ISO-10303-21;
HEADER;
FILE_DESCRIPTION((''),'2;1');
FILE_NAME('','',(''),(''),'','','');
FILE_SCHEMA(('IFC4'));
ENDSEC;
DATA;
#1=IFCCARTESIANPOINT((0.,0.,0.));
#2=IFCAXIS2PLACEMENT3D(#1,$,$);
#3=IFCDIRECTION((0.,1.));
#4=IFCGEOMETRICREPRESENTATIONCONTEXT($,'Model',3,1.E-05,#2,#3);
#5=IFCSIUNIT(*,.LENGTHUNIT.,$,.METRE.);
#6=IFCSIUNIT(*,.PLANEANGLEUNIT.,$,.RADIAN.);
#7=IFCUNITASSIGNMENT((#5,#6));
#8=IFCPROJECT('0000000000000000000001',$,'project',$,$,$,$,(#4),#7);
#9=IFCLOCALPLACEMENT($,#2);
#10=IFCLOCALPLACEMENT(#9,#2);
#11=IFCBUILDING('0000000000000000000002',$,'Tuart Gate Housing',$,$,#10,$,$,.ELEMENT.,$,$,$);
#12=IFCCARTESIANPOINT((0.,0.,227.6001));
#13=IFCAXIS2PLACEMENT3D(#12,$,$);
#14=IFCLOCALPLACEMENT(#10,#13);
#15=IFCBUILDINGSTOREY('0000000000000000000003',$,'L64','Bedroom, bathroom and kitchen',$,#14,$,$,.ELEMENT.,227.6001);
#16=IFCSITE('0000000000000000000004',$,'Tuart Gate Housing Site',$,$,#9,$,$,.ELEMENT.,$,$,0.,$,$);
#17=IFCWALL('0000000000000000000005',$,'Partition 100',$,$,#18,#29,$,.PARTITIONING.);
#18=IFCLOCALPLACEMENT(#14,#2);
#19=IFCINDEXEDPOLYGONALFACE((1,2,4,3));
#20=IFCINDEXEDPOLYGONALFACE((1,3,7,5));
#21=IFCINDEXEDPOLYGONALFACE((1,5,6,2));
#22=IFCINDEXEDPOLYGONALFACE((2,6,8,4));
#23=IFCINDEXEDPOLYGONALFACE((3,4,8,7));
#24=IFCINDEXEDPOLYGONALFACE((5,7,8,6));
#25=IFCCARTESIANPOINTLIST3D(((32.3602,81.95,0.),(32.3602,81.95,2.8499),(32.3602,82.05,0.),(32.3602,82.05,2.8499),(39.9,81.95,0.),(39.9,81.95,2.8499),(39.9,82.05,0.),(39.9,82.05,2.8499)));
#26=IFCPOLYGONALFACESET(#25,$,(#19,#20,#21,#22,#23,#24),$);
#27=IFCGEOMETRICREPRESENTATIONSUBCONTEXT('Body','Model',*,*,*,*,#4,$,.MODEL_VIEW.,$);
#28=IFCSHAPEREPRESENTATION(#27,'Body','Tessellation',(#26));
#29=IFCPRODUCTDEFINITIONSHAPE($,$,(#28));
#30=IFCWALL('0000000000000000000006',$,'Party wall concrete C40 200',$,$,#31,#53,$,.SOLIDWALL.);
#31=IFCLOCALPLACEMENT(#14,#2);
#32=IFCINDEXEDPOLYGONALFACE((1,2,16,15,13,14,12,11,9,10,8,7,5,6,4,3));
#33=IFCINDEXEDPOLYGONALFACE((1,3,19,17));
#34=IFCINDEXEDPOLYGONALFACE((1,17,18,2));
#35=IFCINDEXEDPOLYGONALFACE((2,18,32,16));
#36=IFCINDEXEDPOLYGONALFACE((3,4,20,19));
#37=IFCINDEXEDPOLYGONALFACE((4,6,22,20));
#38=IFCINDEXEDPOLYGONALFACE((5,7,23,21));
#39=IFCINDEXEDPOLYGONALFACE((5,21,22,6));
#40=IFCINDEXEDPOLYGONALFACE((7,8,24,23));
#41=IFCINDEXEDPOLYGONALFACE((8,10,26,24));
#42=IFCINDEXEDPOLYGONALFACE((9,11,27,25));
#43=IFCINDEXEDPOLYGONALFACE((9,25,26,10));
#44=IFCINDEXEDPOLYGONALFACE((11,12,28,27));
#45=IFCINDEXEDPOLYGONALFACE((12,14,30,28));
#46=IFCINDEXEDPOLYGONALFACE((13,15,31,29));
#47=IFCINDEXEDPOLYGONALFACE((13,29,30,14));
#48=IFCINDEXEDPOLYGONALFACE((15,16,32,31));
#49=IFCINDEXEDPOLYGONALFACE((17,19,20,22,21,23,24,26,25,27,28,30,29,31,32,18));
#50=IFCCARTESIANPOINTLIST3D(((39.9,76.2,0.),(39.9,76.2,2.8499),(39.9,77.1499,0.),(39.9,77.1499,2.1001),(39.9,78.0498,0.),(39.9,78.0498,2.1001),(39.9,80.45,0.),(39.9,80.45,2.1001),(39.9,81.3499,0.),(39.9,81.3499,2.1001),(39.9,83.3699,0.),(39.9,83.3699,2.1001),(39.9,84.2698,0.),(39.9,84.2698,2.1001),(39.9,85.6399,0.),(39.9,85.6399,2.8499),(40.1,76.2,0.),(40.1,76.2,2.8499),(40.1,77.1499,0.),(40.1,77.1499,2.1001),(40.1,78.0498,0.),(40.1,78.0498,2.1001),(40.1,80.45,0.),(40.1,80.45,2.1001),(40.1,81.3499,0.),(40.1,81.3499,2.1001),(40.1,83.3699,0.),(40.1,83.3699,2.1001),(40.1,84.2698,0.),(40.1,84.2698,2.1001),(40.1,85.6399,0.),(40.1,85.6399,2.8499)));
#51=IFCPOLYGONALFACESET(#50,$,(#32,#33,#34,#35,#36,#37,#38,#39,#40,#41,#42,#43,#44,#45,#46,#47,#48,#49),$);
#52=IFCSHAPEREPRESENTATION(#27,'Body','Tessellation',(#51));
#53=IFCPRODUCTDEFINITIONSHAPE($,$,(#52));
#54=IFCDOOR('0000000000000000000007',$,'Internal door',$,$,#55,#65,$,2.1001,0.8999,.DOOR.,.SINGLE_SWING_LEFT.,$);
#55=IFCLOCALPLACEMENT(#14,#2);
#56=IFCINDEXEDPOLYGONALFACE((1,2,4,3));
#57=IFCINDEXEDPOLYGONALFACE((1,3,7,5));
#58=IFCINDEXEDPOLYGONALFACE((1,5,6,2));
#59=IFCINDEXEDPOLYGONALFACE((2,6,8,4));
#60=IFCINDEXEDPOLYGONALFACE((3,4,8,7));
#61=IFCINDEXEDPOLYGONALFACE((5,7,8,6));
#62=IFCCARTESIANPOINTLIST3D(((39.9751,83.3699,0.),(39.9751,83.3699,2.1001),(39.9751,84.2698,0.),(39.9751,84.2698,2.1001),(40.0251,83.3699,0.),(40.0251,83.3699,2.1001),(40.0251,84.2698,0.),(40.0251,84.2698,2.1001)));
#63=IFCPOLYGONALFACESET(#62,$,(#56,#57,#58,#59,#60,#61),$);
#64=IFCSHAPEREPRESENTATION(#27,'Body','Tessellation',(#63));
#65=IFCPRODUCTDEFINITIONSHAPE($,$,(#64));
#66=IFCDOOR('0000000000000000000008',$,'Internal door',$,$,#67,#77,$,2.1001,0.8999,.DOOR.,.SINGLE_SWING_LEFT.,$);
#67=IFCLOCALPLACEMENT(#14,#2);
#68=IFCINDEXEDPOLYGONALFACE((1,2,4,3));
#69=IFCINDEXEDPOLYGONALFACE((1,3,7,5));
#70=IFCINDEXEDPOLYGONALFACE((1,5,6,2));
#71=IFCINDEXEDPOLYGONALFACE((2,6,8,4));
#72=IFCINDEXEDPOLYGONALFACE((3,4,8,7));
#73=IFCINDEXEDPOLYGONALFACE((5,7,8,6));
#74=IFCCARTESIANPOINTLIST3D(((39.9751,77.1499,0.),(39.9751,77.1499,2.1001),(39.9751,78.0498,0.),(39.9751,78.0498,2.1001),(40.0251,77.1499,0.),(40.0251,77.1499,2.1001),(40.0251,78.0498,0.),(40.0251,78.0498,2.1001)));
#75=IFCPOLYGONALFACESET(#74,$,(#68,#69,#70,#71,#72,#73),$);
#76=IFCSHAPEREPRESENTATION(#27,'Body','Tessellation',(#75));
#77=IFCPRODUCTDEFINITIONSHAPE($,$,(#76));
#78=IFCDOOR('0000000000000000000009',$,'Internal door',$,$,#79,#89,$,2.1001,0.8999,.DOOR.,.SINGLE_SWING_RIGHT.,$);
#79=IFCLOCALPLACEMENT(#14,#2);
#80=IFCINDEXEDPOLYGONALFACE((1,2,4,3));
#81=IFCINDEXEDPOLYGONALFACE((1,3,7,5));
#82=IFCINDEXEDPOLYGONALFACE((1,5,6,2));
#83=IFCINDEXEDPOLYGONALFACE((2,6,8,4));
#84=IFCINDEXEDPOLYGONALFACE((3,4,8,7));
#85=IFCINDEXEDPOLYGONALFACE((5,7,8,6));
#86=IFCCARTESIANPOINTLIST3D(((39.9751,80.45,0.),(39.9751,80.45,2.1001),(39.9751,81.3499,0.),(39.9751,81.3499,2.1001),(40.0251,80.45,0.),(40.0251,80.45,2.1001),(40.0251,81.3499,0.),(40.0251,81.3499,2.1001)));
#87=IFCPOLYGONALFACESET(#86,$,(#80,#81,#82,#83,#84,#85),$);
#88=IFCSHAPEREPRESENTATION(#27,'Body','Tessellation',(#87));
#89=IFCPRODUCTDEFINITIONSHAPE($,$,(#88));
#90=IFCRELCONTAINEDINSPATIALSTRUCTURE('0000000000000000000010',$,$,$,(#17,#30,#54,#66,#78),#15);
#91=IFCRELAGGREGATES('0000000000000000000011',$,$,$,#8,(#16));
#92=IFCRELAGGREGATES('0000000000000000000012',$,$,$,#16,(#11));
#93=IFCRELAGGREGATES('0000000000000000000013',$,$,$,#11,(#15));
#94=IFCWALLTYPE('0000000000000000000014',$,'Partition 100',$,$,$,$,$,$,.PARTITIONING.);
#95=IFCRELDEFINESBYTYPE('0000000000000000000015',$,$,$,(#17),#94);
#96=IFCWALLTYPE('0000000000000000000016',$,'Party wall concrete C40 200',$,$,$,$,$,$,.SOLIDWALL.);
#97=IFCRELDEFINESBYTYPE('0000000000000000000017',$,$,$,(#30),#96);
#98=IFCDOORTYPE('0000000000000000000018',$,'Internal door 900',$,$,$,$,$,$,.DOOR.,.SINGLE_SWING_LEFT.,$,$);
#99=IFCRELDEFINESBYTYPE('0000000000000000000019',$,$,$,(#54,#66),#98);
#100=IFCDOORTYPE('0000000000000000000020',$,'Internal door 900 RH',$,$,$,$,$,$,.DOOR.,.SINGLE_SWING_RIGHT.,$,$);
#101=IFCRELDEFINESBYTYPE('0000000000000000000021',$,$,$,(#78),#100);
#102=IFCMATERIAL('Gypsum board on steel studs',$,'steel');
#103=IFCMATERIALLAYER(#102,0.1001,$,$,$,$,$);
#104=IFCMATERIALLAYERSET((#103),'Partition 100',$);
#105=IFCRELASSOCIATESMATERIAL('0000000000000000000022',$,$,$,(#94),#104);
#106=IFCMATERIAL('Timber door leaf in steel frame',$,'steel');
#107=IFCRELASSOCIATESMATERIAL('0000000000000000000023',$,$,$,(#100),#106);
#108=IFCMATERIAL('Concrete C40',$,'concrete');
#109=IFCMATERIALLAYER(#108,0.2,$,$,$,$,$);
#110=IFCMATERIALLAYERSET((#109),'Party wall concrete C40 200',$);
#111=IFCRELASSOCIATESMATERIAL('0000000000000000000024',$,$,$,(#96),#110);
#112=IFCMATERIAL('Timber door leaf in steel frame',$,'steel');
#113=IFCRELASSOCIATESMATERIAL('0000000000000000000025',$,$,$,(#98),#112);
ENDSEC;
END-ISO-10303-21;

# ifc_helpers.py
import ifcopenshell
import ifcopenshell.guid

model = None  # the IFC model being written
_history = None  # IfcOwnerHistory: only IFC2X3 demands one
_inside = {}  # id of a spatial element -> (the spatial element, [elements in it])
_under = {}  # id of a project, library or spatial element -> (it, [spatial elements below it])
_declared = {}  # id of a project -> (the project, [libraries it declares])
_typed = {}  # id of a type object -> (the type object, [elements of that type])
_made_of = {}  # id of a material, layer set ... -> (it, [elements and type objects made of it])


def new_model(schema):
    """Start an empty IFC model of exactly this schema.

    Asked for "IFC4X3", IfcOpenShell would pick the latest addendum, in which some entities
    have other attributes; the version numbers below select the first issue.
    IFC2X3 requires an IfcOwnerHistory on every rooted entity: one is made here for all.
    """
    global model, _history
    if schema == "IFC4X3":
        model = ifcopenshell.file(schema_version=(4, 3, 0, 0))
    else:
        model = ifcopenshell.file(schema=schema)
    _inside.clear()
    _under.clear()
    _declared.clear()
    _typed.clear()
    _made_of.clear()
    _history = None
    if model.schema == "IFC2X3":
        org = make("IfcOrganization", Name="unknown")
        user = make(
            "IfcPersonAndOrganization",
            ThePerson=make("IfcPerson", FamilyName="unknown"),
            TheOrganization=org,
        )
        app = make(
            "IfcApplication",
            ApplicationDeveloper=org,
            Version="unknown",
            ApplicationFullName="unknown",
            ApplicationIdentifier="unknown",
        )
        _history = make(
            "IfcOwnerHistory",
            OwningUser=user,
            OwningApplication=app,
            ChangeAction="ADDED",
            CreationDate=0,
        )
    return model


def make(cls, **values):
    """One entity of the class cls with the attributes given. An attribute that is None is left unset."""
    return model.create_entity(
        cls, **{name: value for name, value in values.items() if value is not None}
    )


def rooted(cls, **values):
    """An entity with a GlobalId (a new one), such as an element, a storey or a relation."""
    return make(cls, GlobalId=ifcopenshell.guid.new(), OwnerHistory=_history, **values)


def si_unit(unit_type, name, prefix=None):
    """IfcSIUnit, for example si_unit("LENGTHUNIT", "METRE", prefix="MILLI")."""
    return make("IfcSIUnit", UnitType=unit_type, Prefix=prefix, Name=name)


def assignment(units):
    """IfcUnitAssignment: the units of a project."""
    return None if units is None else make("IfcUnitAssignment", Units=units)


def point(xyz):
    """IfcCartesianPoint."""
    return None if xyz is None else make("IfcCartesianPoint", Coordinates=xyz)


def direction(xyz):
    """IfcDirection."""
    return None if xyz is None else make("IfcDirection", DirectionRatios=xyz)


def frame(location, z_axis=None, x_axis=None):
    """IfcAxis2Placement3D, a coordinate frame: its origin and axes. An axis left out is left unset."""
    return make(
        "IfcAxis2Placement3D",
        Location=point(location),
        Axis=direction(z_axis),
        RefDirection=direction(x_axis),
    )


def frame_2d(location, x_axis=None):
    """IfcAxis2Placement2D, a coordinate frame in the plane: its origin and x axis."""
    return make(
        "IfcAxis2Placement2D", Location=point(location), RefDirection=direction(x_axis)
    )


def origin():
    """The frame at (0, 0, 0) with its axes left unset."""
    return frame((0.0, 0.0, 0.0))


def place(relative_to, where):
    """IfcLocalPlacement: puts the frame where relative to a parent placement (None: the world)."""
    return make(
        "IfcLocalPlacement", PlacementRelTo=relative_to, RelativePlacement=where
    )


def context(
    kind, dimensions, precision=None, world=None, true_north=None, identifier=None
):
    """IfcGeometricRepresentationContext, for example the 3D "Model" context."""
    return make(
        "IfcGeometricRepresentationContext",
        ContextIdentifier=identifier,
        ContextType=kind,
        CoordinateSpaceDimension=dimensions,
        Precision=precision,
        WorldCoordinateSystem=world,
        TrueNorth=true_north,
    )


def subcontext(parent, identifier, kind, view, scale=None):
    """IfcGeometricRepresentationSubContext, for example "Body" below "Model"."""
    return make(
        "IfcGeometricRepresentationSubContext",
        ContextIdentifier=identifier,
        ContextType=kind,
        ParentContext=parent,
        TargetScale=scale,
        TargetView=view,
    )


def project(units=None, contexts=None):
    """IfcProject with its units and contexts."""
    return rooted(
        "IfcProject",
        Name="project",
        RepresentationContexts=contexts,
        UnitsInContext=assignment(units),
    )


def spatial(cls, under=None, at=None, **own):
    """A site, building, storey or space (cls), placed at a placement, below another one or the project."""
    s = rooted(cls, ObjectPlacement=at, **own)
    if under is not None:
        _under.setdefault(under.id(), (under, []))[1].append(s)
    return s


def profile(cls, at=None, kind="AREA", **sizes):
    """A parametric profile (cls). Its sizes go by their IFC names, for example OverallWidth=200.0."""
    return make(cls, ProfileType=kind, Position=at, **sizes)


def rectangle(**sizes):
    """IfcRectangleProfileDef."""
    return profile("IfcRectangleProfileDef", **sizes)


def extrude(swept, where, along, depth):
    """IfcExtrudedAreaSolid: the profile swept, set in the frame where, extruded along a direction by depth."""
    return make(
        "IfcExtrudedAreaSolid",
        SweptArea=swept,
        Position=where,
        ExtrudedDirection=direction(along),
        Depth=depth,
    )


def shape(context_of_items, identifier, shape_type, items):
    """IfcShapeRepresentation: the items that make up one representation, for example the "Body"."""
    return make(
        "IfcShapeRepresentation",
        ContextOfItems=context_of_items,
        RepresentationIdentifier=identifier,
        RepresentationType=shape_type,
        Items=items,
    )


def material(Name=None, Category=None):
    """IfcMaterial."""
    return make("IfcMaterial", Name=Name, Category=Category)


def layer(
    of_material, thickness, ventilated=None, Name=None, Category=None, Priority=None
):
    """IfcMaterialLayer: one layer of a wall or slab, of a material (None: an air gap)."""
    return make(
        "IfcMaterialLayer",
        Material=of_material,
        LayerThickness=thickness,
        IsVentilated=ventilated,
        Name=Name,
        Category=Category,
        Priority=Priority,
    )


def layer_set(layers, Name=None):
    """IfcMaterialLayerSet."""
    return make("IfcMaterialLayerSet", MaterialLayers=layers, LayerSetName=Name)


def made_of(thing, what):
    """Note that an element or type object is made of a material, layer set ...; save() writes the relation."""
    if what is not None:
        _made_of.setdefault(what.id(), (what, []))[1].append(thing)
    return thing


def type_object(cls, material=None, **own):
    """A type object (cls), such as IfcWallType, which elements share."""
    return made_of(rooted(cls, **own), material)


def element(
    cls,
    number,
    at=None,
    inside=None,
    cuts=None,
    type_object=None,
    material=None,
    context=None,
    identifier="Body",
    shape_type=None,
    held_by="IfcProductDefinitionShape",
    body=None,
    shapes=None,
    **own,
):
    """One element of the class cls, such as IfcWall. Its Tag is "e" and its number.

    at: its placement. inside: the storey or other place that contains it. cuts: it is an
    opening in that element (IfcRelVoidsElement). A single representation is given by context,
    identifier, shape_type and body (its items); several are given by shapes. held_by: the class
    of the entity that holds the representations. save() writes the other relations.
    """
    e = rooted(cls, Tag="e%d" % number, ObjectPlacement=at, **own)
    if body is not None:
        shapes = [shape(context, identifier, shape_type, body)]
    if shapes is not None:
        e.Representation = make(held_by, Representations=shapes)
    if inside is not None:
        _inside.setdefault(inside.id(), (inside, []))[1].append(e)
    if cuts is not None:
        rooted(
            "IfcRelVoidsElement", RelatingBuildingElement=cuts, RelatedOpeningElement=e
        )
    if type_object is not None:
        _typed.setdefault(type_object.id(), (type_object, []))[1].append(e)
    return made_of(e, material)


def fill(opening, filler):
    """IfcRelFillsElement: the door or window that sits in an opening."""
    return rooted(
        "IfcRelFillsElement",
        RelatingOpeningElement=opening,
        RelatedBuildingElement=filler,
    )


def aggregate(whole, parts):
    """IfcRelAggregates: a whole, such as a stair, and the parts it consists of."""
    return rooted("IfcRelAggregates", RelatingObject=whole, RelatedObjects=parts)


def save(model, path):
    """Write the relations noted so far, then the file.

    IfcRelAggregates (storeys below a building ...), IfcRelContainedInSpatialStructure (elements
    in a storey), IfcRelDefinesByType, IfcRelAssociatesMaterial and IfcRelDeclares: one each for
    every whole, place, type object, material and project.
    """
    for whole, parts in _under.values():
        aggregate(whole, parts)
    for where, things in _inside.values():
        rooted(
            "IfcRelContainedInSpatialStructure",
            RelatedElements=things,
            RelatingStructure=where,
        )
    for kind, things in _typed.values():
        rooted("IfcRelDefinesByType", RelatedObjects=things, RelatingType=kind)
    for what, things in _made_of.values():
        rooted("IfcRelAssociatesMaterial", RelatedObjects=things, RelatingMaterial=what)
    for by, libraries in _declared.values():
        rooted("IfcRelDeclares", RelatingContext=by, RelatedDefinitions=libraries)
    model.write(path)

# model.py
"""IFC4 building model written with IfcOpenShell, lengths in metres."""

from ifc_helpers import new_model, si_unit, direction, frame, frame_2d, origin, place, context, subcontext, project, spatial, rectangle, extrude, material, layer, layer_set, type_object, element, fill, save


model = new_model("IFC4")

# Units and contexts
model_context = context("Model", 3, precision=1e-05, world=origin(), true_north=direction((0.0, 1.0)))
body_context = subcontext(model_context, "Body", "Model", "MODEL_VIEW")
ifc_project = project(units=[si_unit("LENGTHUNIT", "METRE"), si_unit("PLANEANGLEUNIT", "RADIAN")], contexts=[model_context])

# Site, building, storey
site_placement = place(None, origin())
site = spatial("IfcSite", under=ifc_project, at=site_placement, Name="Tuart Gate Housing Site", CompositionType="ELEMENT", RefElevation=0.0)
building_placement = place(site_placement, origin())
building = spatial("IfcBuilding", under=site, at=building_placement, Name="Tuart Gate Housing", CompositionType="ELEMENT")
storey_placement = place(building_placement, frame((0.0, 0.0, 227.6001)))
storey = spatial("IfcBuildingStorey", under=building, at=storey_placement, Name="L64", Description="Bedroom, bathroom and kitchen", CompositionType="ELEMENT", Elevation=227.6001)

# Shared definitions
ifc_material_1 = material(Name="Gypsum board on steel studs", Category="steel")
ifc_layer_1 = layer(ifc_material_1, 0.1001)
ifc_layer_set_1 = layer_set([ifc_layer_1], Name="Partition 100")
wall_type_1 = type_object("IfcWallType", Name="Partition 100", PredefinedType="PARTITIONING", material=ifc_layer_set_1)

# Shared definitions
ifc_material_2 = material(Name="Timber door leaf in steel frame", Category="steel")
door_type_1 = type_object("IfcDoorType", Name="Internal door 900 RH", OperationType="SINGLE_SWING_RIGHT", PredefinedType="DOOR", material=ifc_material_2)

# Wall
wall_1_placement = place(storey_placement, frame((32.3601, 82.0, 0.0), z_axis=(0.0, 0.0, 1.0), x_axis=(1.0, 0.0, 0.0)))
element("IfcWall", 1, at=wall_1_placement, inside=storey, type_object=wall_type_1, Name="Partition 100", PredefinedType="PARTITIONING", context=body_context, shape_type="SweptSolid", body=[
    extrude(rectangle(XDim=7.5398, YDim=0.1001, at=frame_2d((3.77, 0.0))), origin(), (0.0, 0.0, 1.0), 2.8499),
])

# Wall, openings, doors
ifc_material_3 = material(Name="Concrete C40", Category="concrete")
ifc_layer_2 = layer(ifc_material_3, 0.2)
ifc_layer_set_2 = layer_set([ifc_layer_2], Name="Party wall concrete C40 200")
wall_type_2 = type_object("IfcWallType", Name="Party wall concrete C40 200", PredefinedType="SOLIDWALL", material=ifc_layer_set_2)
wall_2_placement = place(storey_placement, frame((40.0, 76.2, 0.0), z_axis=(0.0, 0.0, 1.0), x_axis=(0.0, 1.0, 0.0)))
wall_2 = element("IfcWall", 2, at=wall_2_placement, inside=storey, type_object=wall_type_2, Name="Party wall concrete C40 200", PredefinedType="SOLIDWALL", context=body_context, shape_type="SweptSolid", body=[
    extrude(rectangle(XDim=9.4399, YDim=0.2, at=frame_2d((4.72, 0.0))), origin(), (0.0, 0.0, 1.0), 2.8499),
])
opening_1_placement = place(wall_2_placement, frame((7.1699, 0.0, 0.0)))
opening_1 = element("IfcOpeningElement", 3, at=opening_1_placement, cuts=wall_2, PredefinedType="OPENING", context=body_context, shape_type="SweptSolid", body=[
    extrude(rectangle(XDim=0.8999, YDim=2.1001, at=frame_2d((0.45, 1.05))), frame((0.0, 0.1099, 0.0), z_axis=(0.0, -1.0, 0.0), x_axis=(1.0, 0.0, 0.0)), (0.0, 0.0, 1.0), 0.22),
])
opening_2_placement = place(wall_2_placement, frame((4.25, 0.0, 0.0)))
opening_2 = element("IfcOpeningElement", 4, at=opening_2_placement, cuts=wall_2, PredefinedType="OPENING", context=body_context, shape_type="SweptSolid", body=[
    extrude(rectangle(XDim=0.8999, YDim=2.1001, at=frame_2d((0.45, 1.05))), frame((0.0, 0.1099, 0.0), z_axis=(0.0, -1.0, 0.0), x_axis=(1.0, 0.0, 0.0)), (0.0, 0.0, 1.0), 0.22),
])
opening_3_placement = place(wall_2_placement, frame((0.95, 0.0, 0.0)))
opening_3 = element("IfcOpeningElement", 5, at=opening_3_placement, cuts=wall_2, PredefinedType="OPENING", context=body_context, shape_type="SweptSolid", body=[
    extrude(rectangle(XDim=0.8999, YDim=2.1001, at=frame_2d((0.45, 1.05))), frame((0.0, 0.1099, 0.0), z_axis=(0.0, -1.0, 0.0), x_axis=(1.0, 0.0, 0.0)), (0.0, 0.0, 1.0), 0.22),
])
ifc_material_4 = material(Name="Timber door leaf in steel frame", Category="steel")
door_type_2 = type_object("IfcDoorType", Name="Internal door 900", OperationType="SINGLE_SWING_LEFT", PredefinedType="DOOR", material=ifc_material_4)
door_1_placement = place(opening_1_placement, origin())
door_1 = element("IfcDoor", 6, at=door_1_placement, inside=storey, type_object=door_type_2, Name="Internal door", OperationType="SINGLE_SWING_LEFT", OverallHeight=2.1001, OverallWidth=0.8999, PredefinedType="DOOR", context=body_context, shape_type="SweptSolid", body=[
    extrude(rectangle(XDim=0.8999, YDim=2.1001, at=frame_2d((0.45, 1.05))), frame((0.0, 0.0249, 0.0), z_axis=(0.0, -1.0, 0.0), x_axis=(1.0, 0.0, 0.0)), (0.0, 0.0, 1.0), 0.05),
])
fill(opening_1, door_1)
door_2_placement = place(opening_3_placement, origin())
door_2 = element("IfcDoor", 7, at=door_2_placement, inside=storey, type_object=door_type_2, Name="Internal door", OperationType="SINGLE_SWING_LEFT", OverallHeight=2.1001, OverallWidth=0.8999, PredefinedType="DOOR", context=body_context, shape_type="SweptSolid", body=[
    extrude(rectangle(XDim=0.8999, YDim=2.1001, at=frame_2d((0.45, 1.05))), frame((0.0, 0.0249, 0.0), z_axis=(0.0, -1.0, 0.0), x_axis=(1.0, 0.0, 0.0)), (0.0, 0.0, 1.0), 0.05),
])
fill(opening_3, door_2)
door_3_placement = place(opening_2_placement, origin())
door_3 = element("IfcDoor", 8, at=door_3_placement, inside=storey, type_object=door_type_1, Name="Internal door", OperationType="SINGLE_SWING_RIGHT", OverallHeight=2.1001, OverallWidth=0.8999, PredefinedType="DOOR", context=body_context, shape_type="SweptSolid", body=[
    extrude(rectangle(XDim=0.8999, YDim=2.1001, at=frame_2d((0.45, 1.05))), frame((0.0, 0.0249, 0.0), z_axis=(0.0, -1.0, 0.0), x_axis=(1.0, 0.0, 0.0)), (0.0, 0.0, 1.0), 0.05),
])
fill(opening_2, door_3)

save(model, "model.ifc")
